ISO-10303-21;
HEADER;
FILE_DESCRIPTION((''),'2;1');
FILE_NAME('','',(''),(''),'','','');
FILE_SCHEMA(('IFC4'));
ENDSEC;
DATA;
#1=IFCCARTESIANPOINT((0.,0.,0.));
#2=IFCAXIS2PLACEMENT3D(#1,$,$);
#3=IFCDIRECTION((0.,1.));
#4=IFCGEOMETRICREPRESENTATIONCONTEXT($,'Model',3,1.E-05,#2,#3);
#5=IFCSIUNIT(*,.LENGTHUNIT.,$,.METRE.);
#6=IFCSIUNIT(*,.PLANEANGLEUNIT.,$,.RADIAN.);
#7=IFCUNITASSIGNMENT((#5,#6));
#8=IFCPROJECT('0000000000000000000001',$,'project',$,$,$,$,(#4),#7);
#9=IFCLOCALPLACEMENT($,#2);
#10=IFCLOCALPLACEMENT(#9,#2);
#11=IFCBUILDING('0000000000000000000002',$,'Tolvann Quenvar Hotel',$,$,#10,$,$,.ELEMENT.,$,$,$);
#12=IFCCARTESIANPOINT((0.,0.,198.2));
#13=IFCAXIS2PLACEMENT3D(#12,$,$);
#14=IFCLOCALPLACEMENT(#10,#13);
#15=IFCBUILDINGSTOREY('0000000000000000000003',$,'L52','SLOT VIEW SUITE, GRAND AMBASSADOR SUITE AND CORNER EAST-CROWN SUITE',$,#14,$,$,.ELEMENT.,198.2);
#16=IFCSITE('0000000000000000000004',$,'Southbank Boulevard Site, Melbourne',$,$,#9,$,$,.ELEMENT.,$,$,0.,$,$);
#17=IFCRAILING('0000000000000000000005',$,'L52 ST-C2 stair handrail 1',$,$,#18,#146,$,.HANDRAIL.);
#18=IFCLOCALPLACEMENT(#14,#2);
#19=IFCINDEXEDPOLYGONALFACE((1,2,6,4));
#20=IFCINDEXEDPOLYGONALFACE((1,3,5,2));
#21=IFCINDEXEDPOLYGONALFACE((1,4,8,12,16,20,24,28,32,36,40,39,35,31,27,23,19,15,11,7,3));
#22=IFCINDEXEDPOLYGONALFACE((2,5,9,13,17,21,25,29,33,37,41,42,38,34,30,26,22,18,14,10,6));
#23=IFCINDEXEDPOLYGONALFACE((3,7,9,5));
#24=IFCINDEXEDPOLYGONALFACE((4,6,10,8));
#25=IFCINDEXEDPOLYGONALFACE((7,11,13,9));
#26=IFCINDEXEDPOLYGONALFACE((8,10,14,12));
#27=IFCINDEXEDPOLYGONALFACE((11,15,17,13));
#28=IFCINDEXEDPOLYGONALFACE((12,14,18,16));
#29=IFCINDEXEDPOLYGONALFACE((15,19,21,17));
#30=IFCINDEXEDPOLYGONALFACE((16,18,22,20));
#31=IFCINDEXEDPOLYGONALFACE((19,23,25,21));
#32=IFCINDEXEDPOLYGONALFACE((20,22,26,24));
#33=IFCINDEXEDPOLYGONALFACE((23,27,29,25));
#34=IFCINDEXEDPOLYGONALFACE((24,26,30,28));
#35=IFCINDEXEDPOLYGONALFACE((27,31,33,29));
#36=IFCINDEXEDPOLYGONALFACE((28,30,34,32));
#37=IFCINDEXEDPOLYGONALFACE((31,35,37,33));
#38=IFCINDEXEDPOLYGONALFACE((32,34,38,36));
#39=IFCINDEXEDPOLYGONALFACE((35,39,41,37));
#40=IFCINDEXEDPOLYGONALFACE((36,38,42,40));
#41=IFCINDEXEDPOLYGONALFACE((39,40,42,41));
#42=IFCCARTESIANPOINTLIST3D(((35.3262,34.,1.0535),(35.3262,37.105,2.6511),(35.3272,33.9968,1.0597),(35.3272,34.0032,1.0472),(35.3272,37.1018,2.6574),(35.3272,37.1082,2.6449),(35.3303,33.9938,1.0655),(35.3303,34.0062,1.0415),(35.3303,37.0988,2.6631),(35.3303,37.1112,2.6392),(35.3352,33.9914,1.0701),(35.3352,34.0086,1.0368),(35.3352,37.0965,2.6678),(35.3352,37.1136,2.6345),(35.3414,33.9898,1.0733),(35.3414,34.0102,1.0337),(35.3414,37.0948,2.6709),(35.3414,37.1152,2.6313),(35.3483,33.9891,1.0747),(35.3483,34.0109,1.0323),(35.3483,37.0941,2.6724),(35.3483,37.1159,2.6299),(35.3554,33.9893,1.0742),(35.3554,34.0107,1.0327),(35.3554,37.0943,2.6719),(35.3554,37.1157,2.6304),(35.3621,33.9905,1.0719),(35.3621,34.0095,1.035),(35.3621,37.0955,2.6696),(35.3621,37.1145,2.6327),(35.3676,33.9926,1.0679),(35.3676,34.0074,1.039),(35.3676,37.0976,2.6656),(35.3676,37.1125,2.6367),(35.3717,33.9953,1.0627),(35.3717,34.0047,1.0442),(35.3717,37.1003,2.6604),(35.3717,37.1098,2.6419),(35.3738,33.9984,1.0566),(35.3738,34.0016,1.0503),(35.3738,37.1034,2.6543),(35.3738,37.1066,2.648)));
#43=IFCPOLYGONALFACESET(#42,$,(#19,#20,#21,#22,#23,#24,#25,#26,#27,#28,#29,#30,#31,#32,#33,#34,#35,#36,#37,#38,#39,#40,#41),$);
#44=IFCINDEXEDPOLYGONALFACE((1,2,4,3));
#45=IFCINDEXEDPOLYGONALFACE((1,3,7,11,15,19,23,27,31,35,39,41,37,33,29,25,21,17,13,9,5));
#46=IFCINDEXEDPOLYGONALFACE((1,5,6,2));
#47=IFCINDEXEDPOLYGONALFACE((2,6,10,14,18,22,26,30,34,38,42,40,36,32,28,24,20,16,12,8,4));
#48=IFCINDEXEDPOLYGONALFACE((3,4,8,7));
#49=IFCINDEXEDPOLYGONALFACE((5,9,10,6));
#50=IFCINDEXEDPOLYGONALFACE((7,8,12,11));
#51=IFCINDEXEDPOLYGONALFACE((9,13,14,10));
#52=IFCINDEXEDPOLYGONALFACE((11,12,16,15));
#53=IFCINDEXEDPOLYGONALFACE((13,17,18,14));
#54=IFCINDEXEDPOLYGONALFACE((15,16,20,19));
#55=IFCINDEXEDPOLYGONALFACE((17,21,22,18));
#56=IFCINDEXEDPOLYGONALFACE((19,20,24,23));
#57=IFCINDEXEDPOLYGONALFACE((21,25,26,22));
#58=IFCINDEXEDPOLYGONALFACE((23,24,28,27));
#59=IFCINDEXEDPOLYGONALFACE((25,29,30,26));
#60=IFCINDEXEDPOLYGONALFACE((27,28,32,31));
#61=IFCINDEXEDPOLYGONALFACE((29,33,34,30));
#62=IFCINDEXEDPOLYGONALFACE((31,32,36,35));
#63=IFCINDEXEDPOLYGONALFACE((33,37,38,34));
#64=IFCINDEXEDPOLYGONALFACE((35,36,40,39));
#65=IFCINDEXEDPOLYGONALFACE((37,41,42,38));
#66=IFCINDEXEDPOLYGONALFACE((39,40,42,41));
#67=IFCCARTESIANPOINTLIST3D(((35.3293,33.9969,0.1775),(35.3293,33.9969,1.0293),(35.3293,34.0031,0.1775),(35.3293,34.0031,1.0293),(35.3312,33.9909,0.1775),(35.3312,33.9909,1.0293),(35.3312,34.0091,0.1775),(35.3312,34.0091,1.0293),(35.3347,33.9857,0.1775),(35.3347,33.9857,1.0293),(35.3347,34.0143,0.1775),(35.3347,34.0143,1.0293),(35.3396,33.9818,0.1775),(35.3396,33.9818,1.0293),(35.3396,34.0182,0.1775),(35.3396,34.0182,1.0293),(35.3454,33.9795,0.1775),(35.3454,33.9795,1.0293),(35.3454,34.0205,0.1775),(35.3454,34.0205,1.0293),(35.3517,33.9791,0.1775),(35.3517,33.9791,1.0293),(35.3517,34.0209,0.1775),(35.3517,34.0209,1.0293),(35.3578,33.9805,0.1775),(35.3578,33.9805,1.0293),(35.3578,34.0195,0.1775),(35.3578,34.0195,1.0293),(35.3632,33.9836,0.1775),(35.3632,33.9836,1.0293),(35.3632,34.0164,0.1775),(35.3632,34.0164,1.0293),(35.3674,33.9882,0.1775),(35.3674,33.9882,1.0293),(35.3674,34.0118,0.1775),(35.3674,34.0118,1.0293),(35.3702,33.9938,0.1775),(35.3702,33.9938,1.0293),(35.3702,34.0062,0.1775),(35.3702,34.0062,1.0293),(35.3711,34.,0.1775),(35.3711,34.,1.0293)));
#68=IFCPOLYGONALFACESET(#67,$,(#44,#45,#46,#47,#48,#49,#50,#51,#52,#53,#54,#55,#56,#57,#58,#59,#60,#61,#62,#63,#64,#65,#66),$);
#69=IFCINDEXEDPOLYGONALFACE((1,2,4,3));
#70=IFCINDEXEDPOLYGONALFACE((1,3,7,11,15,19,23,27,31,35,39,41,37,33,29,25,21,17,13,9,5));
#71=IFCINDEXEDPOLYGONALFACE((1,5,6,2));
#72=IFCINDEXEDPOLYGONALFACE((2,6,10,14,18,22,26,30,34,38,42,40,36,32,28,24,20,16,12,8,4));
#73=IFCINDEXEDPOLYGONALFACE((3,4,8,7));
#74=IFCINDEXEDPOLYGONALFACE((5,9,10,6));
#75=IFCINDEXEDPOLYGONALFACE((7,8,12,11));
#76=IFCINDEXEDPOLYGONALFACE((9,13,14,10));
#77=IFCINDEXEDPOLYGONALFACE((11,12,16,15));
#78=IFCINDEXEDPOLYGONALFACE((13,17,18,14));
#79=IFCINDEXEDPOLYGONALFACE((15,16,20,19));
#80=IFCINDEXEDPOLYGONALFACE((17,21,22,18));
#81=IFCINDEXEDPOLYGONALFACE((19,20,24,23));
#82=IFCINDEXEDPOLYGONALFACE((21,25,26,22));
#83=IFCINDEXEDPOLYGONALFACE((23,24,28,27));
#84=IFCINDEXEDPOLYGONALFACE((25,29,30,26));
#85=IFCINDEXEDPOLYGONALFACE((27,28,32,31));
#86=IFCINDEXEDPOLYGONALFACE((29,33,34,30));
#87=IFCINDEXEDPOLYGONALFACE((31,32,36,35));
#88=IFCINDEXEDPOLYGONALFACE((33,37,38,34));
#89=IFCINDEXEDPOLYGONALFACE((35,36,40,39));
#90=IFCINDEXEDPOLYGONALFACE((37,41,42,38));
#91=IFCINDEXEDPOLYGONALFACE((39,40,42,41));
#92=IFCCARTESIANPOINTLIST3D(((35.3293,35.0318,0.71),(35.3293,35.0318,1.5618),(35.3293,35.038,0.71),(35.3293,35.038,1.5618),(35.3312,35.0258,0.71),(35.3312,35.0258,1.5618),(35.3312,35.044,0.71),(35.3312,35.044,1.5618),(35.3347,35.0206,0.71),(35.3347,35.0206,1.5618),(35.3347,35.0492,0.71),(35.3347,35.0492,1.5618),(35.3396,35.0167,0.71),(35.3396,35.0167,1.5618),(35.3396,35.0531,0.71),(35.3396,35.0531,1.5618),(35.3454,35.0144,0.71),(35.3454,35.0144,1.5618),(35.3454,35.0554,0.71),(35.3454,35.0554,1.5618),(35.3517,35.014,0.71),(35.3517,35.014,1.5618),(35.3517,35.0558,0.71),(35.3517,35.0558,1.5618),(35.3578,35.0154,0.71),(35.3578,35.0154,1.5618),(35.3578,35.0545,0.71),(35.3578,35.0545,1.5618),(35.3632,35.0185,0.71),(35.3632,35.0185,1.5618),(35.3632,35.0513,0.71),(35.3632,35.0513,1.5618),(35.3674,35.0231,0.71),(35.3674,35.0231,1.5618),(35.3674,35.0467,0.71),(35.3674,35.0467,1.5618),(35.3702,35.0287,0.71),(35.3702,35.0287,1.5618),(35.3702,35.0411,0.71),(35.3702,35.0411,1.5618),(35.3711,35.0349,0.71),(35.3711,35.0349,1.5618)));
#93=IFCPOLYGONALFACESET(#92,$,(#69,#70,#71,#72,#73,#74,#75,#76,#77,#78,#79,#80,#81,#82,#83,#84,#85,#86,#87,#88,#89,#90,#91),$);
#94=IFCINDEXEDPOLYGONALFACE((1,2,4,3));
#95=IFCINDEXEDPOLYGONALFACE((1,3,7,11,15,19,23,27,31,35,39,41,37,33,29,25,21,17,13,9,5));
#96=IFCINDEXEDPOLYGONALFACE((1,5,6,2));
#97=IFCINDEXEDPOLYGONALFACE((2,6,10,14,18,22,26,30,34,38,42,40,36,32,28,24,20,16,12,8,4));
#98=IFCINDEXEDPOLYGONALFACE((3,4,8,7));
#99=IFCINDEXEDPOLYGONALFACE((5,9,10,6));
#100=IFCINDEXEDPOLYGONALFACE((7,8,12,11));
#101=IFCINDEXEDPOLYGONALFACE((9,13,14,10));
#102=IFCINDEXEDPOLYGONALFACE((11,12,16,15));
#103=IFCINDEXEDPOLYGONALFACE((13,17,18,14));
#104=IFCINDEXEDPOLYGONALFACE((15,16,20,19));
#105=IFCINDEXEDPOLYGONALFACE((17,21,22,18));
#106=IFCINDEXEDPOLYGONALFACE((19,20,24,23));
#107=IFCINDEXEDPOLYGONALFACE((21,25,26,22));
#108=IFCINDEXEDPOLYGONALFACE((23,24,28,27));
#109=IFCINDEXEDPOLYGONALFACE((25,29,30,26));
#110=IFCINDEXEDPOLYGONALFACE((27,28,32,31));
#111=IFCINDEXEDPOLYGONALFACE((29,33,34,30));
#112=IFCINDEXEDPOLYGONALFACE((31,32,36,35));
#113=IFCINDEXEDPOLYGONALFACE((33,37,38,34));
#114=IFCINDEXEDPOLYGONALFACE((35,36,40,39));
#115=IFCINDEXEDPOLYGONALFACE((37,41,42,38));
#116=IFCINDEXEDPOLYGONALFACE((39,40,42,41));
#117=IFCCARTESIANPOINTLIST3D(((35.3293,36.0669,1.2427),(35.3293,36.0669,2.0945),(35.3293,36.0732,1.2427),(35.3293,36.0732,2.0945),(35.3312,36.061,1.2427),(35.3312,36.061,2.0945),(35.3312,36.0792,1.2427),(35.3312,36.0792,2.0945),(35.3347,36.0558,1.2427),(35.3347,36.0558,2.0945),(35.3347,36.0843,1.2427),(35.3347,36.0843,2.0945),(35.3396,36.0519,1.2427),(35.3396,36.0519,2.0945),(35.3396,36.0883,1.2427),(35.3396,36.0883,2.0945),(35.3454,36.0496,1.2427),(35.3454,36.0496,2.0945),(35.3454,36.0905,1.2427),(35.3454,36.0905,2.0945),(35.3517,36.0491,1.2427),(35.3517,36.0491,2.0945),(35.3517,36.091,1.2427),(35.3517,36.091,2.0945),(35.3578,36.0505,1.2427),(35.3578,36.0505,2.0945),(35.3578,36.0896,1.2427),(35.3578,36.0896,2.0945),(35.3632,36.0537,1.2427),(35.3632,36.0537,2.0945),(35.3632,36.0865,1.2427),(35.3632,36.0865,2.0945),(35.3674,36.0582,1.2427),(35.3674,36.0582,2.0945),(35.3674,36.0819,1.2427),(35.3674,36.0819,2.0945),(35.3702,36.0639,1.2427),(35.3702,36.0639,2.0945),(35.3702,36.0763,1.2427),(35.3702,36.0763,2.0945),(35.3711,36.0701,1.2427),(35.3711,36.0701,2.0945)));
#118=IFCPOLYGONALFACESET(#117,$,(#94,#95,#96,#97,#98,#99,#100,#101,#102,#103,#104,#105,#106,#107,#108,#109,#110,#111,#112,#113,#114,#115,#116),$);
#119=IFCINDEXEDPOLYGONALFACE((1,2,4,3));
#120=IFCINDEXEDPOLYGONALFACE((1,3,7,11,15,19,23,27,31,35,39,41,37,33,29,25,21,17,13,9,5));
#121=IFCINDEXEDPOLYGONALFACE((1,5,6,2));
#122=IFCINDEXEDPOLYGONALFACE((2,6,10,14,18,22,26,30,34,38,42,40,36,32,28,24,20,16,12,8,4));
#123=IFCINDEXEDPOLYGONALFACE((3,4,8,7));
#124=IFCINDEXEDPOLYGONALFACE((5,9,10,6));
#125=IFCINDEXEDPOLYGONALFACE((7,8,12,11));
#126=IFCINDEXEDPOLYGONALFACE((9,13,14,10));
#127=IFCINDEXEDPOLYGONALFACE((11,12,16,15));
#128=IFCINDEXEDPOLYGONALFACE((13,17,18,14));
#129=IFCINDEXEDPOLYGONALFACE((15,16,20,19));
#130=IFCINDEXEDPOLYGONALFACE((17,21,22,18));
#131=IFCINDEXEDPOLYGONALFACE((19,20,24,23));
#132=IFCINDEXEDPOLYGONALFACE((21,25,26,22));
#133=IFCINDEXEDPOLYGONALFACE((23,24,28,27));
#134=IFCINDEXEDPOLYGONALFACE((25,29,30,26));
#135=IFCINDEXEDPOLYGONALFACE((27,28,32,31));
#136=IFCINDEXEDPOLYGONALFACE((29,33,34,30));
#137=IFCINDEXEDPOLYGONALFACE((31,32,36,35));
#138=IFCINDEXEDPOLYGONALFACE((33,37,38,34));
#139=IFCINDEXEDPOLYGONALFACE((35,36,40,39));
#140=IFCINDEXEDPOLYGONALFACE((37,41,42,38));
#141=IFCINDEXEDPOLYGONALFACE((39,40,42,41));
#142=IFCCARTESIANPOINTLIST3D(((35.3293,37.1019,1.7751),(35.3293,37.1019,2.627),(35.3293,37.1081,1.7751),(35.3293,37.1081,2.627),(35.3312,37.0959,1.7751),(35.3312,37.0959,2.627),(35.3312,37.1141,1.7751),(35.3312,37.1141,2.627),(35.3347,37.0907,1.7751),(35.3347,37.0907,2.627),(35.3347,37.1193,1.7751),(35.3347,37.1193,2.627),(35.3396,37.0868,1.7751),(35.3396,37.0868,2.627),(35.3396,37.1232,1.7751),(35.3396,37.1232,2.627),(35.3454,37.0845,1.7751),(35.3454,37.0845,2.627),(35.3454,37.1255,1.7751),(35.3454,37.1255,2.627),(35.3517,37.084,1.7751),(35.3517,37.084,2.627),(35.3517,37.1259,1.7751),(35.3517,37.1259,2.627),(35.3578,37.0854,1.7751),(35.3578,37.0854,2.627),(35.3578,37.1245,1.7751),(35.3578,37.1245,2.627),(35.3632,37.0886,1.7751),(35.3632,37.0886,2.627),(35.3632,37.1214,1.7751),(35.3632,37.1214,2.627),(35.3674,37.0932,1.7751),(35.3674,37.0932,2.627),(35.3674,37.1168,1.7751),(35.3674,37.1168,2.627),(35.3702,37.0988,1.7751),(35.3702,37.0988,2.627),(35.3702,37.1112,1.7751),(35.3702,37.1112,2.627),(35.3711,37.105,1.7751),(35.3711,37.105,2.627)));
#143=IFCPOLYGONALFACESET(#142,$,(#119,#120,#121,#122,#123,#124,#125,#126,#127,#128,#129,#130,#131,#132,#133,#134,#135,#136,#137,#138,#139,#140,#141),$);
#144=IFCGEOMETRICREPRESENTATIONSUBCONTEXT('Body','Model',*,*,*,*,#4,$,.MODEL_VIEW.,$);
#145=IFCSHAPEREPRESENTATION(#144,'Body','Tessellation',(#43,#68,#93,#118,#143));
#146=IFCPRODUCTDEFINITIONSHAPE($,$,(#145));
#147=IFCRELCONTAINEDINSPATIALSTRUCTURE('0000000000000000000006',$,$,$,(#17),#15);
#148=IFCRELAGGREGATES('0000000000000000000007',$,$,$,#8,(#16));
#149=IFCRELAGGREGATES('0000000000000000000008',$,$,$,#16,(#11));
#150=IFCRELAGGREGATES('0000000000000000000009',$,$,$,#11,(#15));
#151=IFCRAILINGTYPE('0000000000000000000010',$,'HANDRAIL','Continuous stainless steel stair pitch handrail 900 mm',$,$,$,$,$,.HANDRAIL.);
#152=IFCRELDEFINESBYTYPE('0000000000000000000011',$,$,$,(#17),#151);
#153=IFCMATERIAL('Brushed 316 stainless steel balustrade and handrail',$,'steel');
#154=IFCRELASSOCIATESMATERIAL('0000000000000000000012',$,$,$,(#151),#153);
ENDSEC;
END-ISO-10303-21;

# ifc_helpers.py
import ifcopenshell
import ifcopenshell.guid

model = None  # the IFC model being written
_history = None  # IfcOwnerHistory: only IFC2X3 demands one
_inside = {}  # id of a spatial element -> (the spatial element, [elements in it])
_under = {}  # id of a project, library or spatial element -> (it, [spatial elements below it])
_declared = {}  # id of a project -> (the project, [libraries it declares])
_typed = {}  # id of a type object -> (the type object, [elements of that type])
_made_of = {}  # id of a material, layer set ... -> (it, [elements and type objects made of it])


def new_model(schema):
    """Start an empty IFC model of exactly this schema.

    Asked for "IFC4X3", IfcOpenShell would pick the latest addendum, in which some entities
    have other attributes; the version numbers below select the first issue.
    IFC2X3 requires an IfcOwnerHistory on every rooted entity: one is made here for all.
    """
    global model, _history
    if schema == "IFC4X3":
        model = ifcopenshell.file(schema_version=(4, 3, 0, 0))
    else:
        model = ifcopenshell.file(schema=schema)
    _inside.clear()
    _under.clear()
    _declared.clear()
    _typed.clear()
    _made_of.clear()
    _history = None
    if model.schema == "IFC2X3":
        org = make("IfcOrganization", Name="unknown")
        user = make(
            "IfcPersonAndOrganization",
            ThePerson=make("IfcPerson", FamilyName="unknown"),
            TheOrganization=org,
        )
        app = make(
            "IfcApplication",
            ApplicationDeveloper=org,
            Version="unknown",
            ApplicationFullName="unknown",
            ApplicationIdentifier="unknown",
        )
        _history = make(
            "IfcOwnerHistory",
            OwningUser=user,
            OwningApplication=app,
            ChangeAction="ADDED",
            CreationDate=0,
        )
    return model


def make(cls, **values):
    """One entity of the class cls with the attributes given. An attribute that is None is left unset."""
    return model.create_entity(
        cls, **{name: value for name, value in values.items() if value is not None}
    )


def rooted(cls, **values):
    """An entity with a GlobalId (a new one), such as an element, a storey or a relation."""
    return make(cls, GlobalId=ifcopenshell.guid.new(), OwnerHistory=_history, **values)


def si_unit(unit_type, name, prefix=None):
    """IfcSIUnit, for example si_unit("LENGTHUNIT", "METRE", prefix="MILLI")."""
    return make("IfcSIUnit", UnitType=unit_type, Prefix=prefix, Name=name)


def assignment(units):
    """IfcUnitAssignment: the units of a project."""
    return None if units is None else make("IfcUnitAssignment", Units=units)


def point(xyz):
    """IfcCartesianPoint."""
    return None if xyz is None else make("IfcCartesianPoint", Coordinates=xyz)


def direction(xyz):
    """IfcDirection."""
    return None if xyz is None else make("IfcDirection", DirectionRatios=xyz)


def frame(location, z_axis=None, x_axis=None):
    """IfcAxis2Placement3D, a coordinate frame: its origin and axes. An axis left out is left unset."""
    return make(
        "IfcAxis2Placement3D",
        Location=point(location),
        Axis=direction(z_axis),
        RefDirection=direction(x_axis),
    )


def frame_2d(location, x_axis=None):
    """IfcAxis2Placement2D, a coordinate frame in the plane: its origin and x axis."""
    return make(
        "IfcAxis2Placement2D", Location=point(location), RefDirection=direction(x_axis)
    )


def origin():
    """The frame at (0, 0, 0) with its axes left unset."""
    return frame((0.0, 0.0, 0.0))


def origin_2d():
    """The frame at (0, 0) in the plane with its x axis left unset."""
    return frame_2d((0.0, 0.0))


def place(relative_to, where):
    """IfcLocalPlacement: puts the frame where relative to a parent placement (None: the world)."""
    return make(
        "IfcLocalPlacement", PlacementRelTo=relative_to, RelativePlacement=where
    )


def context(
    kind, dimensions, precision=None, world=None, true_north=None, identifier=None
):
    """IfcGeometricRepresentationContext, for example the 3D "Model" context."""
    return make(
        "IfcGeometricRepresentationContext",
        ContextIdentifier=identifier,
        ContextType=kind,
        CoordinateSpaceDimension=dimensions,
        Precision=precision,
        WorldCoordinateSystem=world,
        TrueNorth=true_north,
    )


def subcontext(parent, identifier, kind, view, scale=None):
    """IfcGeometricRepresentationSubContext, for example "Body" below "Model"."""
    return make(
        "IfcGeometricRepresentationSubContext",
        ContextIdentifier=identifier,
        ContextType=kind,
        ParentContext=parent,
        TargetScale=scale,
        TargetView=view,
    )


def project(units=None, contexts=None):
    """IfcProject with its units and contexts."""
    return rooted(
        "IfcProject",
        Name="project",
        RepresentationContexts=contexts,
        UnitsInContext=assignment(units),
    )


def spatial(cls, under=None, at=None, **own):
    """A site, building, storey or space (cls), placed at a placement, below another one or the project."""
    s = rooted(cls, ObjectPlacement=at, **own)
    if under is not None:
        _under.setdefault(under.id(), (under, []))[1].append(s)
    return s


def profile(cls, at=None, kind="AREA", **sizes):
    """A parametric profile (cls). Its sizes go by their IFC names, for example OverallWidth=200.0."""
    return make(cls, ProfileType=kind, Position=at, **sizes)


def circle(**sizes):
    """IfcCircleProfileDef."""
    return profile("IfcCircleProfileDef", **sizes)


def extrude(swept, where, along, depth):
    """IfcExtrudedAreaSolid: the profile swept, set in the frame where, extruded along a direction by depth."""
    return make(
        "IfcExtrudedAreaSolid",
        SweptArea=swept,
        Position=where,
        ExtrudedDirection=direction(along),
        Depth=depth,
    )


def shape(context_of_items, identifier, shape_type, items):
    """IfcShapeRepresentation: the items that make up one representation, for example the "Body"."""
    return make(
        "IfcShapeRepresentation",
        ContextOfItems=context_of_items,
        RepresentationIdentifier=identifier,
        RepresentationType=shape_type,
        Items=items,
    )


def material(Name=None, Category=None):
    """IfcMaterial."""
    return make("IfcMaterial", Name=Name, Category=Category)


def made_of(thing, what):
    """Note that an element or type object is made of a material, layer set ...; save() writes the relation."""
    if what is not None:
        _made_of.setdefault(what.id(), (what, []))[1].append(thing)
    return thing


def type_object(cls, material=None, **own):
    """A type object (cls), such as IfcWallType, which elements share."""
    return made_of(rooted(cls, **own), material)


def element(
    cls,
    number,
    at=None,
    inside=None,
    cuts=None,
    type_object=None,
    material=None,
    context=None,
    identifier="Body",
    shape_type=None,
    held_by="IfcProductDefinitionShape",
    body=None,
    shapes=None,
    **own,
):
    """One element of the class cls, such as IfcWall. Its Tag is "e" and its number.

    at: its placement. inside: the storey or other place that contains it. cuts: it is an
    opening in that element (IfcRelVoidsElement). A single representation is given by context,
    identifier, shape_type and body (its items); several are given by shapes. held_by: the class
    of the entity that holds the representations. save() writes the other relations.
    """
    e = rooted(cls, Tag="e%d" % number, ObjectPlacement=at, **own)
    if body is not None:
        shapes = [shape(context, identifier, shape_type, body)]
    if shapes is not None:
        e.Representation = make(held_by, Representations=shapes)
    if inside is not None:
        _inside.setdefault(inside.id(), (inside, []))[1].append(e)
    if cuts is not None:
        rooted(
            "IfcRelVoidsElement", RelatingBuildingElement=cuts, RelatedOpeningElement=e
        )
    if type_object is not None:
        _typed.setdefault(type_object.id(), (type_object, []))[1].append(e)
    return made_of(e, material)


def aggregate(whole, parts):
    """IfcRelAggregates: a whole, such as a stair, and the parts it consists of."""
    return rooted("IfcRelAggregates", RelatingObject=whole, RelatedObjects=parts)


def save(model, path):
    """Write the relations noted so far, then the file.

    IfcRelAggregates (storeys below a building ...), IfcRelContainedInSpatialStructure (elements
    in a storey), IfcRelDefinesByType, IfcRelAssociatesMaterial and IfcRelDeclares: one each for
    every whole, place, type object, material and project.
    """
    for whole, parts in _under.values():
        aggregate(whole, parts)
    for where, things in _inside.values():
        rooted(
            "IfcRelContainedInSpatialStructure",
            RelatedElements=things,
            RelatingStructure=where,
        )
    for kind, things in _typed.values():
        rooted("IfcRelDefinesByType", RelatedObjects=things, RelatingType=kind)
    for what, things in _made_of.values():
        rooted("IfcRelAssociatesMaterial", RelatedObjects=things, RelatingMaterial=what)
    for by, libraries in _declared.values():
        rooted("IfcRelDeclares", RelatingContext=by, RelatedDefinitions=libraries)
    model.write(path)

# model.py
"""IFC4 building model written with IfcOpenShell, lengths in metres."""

from ifc_helpers import new_model, si_unit, direction, frame, origin, origin_2d, place, context, subcontext, project, spatial, circle, extrude, material, type_object, element, save


model = new_model("IFC4")

# Units and contexts
model_context = context("Model", 3, precision=1e-05, world=origin(), true_north=direction((0.0, 1.0)))
body_context = subcontext(model_context, "Body", "Model", "MODEL_VIEW")
ifc_project = project(units=[si_unit("LENGTHUNIT", "METRE"), si_unit("PLANEANGLEUNIT", "RADIAN")], contexts=[model_context])

# Site, building, storey
site_placement = place(None, origin())
site = spatial("IfcSite", under=ifc_project, at=site_placement, Name="Southbank Boulevard Site, Melbourne", CompositionType="ELEMENT", RefElevation=0.0)
building_placement = place(site_placement, origin())
building = spatial("IfcBuilding", under=site, at=building_placement, Name="Tolvann Quenvar Hotel", CompositionType="ELEMENT")
storey_placement = place(building_placement, frame((0.0, 0.0, 198.2)))
storey = spatial("IfcBuildingStorey", under=building, at=storey_placement, Name="L52", Description="SLOT VIEW SUITE, GRAND AMBASSADOR SUITE AND CORNER EAST-CROWN SUITE", CompositionType="ELEMENT", Elevation=198.2)

# Railing
ifc_material_1 = material(Name="Brushed 316 stainless steel balustrade and handrail", Category="steel")
railing_type_1 = type_object("IfcRailingType", Name="HANDRAIL", Description="Continuous stainless steel stair pitch handrail 900 mm", PredefinedType="HANDRAIL", material=ifc_material_1)
railing_1_placement = place(storey_placement, frame((35.3501, 34.0, 0.1775)))
element("IfcRailing", 1, at=railing_1_placement, inside=storey, type_object=railing_type_1, Name="L52 ST-C2 stair handrail 1", PredefinedType="HANDRAIL", context=body_context, shape_type="SweptSolid", body=[
    extrude(circle(Radius=0.0239, at=origin_2d()), frame((0.0, 0.0, 0.876), z_axis=(0.0, 0.889194, 0.457531), x_axis=(-1.0, 0.0, 0.0)), (0.0, 0.0, 1.0), 3.4919),
    extrude(circle(Radius=0.021, at=origin_2d()), origin(), (0.0, 0.0, 1.0), 0.8518),
    extrude(circle(Radius=0.021, at=origin_2d()), frame((0.0, 1.0349, 0.5325)), (0.0, 0.0, 1.0), 0.8518),
    extrude(circle(Radius=0.021, at=origin_2d()), frame((0.0, 2.0701, 1.0652)), (0.0, 0.0, 1.0), 0.8518),
    extrude(circle(Radius=0.021, at=origin_2d()), frame((0.0, 3.105, 1.5977)), (0.0, 0.0, 1.0), 0.8518),
])

save(model, "model.ifc")
